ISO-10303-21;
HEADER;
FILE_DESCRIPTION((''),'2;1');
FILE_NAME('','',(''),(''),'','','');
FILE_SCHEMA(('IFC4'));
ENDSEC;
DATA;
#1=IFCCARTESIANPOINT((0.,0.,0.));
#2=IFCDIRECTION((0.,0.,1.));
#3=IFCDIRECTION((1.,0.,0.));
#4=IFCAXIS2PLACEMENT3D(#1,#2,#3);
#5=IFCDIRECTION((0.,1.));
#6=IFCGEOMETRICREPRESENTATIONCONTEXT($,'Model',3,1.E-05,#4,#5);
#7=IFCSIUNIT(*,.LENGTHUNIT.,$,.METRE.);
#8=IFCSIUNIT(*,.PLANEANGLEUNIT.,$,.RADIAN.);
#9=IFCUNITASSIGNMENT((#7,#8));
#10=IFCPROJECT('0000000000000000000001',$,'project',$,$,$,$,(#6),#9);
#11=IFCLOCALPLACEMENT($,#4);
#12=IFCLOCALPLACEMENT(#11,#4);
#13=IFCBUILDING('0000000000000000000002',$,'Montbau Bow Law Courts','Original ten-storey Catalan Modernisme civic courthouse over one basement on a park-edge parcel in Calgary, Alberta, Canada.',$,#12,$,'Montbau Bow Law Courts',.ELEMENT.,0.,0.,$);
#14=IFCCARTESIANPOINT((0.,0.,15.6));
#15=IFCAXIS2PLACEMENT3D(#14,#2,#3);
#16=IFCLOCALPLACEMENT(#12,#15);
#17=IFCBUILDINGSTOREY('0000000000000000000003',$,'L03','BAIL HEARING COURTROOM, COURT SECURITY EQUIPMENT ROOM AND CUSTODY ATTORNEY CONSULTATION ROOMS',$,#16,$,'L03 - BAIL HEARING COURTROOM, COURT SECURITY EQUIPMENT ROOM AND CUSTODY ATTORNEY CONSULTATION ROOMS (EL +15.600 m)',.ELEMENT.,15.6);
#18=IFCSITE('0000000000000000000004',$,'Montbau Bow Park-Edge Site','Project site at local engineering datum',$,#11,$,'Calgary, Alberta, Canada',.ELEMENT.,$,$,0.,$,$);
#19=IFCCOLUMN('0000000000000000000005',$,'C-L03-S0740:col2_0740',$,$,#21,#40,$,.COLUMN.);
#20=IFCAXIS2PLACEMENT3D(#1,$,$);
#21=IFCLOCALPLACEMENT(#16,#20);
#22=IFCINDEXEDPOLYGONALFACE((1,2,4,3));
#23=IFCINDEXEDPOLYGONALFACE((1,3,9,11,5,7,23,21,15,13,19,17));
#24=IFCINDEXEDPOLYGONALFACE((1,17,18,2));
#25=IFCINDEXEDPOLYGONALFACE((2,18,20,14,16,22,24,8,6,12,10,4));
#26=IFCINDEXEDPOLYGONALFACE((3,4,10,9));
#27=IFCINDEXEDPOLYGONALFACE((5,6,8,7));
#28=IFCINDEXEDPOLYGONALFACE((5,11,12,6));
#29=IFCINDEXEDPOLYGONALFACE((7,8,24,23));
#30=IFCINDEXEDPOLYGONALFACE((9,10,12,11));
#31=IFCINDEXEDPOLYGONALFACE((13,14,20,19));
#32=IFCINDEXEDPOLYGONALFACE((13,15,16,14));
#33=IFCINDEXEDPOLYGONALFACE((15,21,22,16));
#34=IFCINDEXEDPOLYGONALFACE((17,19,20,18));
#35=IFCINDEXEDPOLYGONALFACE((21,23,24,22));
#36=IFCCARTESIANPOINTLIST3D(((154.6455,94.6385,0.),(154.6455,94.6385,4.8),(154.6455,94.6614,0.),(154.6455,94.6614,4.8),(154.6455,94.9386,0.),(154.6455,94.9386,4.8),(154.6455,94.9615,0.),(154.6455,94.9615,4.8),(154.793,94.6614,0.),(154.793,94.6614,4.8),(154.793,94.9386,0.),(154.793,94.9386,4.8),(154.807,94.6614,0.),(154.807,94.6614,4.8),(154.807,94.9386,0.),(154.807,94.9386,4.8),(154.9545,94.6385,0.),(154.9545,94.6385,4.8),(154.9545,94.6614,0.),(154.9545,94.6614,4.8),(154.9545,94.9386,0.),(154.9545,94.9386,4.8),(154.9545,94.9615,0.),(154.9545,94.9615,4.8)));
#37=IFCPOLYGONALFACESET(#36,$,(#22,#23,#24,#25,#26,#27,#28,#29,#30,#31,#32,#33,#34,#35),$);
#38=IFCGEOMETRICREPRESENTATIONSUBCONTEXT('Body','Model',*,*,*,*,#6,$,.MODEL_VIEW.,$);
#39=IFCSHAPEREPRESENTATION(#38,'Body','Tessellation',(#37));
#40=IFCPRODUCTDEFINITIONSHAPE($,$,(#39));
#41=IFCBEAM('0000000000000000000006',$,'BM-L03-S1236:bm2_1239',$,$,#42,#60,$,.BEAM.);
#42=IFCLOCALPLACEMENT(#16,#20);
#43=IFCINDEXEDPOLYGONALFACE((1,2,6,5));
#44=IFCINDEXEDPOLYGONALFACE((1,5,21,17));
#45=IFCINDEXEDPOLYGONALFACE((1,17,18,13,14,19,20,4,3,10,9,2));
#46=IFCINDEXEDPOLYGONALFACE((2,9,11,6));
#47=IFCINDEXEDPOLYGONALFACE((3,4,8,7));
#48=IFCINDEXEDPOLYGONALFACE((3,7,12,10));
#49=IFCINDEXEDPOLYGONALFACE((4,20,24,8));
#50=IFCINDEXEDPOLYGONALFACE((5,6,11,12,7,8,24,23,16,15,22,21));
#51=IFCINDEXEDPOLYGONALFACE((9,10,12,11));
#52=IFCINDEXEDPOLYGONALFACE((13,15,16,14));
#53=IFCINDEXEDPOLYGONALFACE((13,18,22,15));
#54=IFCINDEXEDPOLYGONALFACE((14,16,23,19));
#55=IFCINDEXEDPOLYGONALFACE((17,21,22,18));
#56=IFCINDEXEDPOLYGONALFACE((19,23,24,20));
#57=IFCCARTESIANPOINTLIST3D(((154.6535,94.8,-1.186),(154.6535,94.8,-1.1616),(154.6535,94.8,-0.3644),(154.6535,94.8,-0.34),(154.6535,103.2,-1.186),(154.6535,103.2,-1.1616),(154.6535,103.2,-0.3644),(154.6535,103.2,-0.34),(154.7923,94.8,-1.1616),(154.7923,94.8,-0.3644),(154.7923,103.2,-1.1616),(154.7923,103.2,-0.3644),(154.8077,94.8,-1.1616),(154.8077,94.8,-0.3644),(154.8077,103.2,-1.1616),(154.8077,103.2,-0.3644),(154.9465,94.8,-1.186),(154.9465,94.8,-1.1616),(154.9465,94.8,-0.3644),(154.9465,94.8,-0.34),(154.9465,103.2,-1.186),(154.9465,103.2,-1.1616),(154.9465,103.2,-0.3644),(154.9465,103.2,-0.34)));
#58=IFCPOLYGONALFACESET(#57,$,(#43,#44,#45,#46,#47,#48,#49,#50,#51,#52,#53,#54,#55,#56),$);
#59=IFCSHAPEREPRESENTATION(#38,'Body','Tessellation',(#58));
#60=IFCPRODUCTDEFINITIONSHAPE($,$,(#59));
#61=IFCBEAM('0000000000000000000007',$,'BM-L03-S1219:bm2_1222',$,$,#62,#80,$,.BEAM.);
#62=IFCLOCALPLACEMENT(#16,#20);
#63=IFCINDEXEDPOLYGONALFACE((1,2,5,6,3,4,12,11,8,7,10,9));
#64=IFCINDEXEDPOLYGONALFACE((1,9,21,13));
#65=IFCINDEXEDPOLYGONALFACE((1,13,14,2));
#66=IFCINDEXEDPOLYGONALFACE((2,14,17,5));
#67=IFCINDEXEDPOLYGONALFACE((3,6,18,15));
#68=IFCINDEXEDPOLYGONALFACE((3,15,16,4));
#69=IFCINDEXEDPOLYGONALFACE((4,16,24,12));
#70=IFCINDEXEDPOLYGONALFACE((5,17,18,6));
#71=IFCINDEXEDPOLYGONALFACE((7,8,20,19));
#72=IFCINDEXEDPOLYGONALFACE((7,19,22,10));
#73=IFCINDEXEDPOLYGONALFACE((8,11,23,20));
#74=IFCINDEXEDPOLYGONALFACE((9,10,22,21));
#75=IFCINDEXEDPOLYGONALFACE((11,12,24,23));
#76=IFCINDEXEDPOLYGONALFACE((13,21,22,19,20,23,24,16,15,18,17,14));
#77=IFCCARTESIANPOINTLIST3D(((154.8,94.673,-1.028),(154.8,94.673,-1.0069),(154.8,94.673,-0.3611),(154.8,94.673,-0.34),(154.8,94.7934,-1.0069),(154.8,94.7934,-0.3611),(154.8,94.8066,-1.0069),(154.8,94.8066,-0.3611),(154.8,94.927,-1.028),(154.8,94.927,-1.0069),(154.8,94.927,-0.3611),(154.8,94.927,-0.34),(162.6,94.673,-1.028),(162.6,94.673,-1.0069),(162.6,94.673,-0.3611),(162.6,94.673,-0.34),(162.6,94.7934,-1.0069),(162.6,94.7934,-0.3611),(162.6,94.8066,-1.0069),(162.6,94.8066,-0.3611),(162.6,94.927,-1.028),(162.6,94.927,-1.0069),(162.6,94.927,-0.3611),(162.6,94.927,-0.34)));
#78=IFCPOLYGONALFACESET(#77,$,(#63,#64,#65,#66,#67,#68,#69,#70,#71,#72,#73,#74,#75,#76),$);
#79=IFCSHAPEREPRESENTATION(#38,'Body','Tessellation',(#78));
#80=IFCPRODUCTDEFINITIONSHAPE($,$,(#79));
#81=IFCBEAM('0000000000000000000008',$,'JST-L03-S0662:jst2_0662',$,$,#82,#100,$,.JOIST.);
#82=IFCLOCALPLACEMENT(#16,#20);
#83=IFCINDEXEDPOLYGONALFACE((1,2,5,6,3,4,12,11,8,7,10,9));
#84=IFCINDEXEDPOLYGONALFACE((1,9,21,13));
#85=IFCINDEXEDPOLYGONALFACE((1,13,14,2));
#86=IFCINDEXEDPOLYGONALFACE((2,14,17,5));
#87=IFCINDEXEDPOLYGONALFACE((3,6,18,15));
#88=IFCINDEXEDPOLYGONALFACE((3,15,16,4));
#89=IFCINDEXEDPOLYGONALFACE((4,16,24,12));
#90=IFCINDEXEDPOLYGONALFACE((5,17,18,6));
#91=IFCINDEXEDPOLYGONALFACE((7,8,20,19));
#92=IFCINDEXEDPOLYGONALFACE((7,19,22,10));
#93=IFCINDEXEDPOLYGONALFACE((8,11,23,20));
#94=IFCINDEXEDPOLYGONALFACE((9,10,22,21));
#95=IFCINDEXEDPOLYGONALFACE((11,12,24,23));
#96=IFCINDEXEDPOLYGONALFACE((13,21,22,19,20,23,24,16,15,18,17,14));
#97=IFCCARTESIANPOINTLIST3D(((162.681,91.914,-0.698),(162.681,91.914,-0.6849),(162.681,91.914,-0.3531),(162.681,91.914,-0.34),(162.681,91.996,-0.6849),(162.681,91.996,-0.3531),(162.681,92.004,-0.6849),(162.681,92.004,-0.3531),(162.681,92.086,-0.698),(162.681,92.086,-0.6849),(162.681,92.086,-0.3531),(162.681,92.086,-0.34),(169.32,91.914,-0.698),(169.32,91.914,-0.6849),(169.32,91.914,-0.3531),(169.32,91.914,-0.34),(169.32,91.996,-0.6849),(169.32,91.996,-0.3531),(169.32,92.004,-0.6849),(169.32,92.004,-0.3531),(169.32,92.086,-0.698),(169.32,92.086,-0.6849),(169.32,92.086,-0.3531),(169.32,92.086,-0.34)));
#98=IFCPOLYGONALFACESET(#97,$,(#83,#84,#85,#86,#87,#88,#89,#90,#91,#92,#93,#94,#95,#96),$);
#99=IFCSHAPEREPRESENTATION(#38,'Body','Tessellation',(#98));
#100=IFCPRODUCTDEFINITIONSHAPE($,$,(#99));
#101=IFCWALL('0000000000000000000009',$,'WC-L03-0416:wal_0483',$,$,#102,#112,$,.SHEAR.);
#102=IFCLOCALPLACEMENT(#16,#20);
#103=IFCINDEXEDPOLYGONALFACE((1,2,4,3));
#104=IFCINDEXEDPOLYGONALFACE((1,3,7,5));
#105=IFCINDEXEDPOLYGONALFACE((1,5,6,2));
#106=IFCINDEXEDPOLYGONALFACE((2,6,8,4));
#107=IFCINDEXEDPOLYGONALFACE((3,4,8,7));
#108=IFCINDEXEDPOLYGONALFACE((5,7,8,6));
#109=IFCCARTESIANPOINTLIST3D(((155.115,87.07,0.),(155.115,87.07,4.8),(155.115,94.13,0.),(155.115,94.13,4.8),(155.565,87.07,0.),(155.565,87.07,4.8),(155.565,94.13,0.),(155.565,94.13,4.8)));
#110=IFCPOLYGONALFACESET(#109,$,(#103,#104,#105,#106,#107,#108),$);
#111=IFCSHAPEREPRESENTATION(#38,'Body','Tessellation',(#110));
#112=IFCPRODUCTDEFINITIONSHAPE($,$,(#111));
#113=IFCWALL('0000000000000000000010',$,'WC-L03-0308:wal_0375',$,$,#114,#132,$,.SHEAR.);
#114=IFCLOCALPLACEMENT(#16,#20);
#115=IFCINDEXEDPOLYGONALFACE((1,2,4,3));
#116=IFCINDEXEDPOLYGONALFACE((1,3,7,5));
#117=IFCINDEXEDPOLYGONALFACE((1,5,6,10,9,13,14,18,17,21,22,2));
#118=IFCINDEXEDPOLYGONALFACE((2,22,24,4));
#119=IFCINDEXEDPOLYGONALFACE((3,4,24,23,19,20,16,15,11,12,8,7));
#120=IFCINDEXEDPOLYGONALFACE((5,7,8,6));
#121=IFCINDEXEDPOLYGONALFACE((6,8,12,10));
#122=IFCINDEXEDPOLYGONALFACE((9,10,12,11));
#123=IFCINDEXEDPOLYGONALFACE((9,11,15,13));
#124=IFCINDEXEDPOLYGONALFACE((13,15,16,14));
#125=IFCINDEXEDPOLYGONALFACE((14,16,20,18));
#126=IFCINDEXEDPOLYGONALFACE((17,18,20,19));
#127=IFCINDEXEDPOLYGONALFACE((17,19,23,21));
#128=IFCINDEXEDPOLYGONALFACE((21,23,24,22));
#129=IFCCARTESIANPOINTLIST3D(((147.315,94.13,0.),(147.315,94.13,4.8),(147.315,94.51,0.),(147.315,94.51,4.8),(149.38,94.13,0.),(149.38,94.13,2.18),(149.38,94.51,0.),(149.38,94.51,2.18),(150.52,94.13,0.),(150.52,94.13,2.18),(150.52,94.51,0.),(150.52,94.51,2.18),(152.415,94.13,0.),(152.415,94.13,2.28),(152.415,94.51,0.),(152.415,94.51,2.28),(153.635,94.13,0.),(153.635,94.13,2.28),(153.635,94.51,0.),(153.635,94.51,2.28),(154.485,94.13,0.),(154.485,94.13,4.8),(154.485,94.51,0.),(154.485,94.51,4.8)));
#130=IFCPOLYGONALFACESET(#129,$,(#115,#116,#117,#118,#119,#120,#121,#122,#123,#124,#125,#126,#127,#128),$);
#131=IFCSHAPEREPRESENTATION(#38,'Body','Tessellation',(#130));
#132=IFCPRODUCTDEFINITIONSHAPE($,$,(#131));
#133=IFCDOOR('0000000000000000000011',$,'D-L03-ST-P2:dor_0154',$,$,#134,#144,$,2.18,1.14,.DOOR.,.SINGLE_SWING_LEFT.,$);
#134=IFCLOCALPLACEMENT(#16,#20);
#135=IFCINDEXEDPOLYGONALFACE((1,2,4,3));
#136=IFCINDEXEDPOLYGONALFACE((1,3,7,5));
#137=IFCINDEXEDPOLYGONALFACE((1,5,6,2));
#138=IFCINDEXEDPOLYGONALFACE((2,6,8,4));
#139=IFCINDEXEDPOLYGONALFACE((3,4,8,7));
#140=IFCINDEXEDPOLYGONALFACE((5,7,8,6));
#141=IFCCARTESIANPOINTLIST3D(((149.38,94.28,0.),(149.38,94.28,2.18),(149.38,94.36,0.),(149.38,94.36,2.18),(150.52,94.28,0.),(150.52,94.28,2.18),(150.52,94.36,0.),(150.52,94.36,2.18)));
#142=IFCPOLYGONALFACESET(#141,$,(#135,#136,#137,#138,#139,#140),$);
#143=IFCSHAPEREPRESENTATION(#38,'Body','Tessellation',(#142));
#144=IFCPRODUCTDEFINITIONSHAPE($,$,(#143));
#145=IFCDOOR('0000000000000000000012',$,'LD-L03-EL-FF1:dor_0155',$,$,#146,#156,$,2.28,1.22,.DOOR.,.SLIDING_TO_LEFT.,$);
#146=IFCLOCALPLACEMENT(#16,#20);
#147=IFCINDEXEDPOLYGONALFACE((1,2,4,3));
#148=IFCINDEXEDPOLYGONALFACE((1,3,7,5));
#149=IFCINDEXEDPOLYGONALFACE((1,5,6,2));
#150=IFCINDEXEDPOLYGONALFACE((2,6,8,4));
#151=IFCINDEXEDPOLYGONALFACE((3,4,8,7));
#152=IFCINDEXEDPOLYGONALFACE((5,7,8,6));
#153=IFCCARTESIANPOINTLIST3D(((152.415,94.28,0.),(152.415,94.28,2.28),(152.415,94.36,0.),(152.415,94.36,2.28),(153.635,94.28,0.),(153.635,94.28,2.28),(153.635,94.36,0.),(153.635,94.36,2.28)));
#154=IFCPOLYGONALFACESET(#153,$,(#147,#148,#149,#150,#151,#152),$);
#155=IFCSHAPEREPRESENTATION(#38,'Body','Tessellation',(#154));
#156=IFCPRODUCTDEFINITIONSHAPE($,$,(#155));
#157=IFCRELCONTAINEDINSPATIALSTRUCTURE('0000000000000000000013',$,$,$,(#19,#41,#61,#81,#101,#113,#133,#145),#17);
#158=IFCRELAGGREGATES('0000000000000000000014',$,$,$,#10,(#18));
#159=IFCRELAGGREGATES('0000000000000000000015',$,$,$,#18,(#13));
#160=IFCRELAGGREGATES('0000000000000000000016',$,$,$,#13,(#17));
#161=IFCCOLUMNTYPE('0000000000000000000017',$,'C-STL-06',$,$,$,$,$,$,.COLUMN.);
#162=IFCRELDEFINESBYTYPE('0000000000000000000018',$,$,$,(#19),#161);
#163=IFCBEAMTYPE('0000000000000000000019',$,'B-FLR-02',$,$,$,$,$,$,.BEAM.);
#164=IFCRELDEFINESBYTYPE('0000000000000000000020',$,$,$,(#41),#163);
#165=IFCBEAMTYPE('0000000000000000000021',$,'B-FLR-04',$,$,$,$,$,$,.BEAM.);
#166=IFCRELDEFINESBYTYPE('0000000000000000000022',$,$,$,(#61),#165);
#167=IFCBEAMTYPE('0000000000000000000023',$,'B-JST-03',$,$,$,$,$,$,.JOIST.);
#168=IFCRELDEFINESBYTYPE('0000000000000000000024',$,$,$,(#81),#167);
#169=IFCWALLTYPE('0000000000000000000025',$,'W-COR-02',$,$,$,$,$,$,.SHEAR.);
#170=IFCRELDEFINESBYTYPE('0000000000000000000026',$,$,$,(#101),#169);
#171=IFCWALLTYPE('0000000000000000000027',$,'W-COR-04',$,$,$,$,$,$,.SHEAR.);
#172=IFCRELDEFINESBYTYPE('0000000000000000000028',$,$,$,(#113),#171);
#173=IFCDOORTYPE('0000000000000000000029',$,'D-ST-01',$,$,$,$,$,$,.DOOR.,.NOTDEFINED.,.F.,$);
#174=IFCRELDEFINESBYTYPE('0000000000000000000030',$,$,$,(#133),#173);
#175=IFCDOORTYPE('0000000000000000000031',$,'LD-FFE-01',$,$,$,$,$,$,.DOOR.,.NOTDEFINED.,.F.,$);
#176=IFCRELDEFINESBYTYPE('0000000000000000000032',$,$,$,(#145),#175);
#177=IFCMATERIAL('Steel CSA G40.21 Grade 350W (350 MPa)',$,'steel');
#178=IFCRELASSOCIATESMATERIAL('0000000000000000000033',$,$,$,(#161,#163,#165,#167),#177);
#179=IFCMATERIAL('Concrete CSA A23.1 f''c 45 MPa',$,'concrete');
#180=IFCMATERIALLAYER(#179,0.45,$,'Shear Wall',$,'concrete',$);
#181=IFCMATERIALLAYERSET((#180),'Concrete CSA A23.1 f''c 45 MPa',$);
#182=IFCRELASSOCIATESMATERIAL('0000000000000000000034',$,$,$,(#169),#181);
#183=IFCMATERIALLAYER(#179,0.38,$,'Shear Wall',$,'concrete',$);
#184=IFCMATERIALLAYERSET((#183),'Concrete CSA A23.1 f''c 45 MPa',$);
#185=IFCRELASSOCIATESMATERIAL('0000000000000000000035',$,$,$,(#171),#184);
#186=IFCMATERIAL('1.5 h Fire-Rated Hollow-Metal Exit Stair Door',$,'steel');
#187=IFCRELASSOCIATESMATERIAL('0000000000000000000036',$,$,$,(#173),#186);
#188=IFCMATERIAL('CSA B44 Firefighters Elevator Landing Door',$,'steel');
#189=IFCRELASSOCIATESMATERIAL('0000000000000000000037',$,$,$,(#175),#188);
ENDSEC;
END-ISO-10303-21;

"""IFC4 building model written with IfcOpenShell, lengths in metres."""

from ifc_helpers import new_model, si_unit, direction, frame, frame_2d, origin_with_axes, origin_2d_with_axis, place, context, subcontext, project, spatial, rectangle, i_section, extrude, material, layer, layer_set, material_profile, profile_set, type_object, element, fill, save


model = new_model("IFC4")

# Units and contexts
model_context = context("Model", 3, precision=1e-05, world=origin_with_axes(), true_north=direction((0.0, 1.0)))
body_context = subcontext(model_context, "Body", "Model", "MODEL_VIEW")
ifc_project = project(units=[si_unit("LENGTHUNIT", "METRE"), si_unit("PLANEANGLEUNIT", "RADIAN")], contexts=[model_context])

# Site, building, storey
site_placement = place(None, origin_with_axes())
site = spatial("IfcSite", under=ifc_project, at=site_placement, Name="Montbau Bow Park-Edge Site", Description="Project site at local engineering datum", LongName="Calgary, Alberta, Canada", CompositionType="ELEMENT", RefElevation=0.0)
building_placement = place(site_placement, origin_with_axes())
building = spatial("IfcBuilding", under=site, at=building_placement, Name="Montbau Bow Law Courts", Description="Original ten-storey Catalan Modernisme civic courthouse over one basement on a park-edge parcel in Calgary, Alberta, Canada.", LongName="Montbau Bow Law Courts", CompositionType="ELEMENT", ElevationOfRefHeight=0.0, ElevationOfTerrain=0.0)
storey_placement = place(building_placement, frame((0.0, 0.0, 15.6), z_axis=(0.0, 0.0, 1.0), x_axis=(1.0, 0.0, 0.0)))
storey = spatial("IfcBuildingStorey", under=building, at=storey_placement, Name="L03", Description="BAIL HEARING COURTROOM, COURT SECURITY EQUIPMENT ROOM AND CUSTODY ATTORNEY CONSULTATION ROOMS", LongName="L03 - BAIL HEARING COURTROOM, COURT SECURITY EQUIPMENT ROOM AND CUSTODY ATTORNEY CONSULTATION ROOMS (EL +15.600 m)", CompositionType="ELEMENT", Elevation=15.6)

# Column
ifc_material_1 = material(Name="Steel CSA G40.21 Grade 350W (350 MPa)", Category="steel")
ifc_material_profile_1 = material_profile(ifc_material_1, i_section(OverallWidth=0.309, OverallDepth=0.323, WebThickness=0.014, FlangeThickness=0.0229, at=origin_2d_with_axis()), Name="W310X143", Category="Main", Priority=0)
ifc_profile_set_1 = profile_set([ifc_material_profile_1], Name="Steel CSA G40.21 Grade 350W (350 MPa)")
column_type = type_object("IfcColumnType", Name="C-STL-06", PredefinedType="COLUMN", material=ifc_profile_set_1)
column_placement = place(None, frame((154.8, 94.8, 15.6), z_axis=(0.0, 0.0, 1.0), x_axis=(1.0, 0.0, 0.0)))
element("IfcColumn", 1, at=column_placement, inside=storey, type_object=column_type, Name="C-L03-S0740:col2_0740", PredefinedType="COLUMN", context=body_context, shape_type="SweptSolid", body=[
    extrude(i_section(OverallWidth=0.309, OverallDepth=0.323, WebThickness=0.014, FlangeThickness=0.0229, at=origin_2d_with_axis()), origin_with_axes(), (0.0, 0.0, 1.0), 4.8),
])

# Beams
ifc_material_profile_2 = material_profile(ifc_material_1, i_section(OverallWidth=0.293, OverallDepth=0.846, WebThickness=0.0154, FlangeThickness=0.0244, at=origin_2d_with_axis()), Name="W840X210", Category="Main", Priority=0)
ifc_profile_set_2 = profile_set([ifc_material_profile_2], Name="Steel CSA G40.21 Grade 350W (350 MPa)")
beam_type_1 = type_object("IfcBeamType", Name="B-FLR-02", PredefinedType="BEAM", material=ifc_profile_set_2)
beam_1_placement = place(None, frame((154.8, 94.8, 14.837), z_axis=(0.0, 1.0, 0.0), x_axis=(-1.0, 0.0, 0.0)))
element("IfcBeam", 2, at=beam_1_placement, inside=storey, type_object=beam_type_1, Name="BM-L03-S1236:bm2_1239", PredefinedType="BEAM", context=body_context, shape_type="SweptSolid", body=[
    extrude(i_section(OverallWidth=0.293, OverallDepth=0.846, WebThickness=0.0154, FlangeThickness=0.0244, at=origin_2d_with_axis()), origin_with_axes(), (0.0, 0.0, 1.0), 8.4),
])
ifc_material_profile_3 = material_profile(ifc_material_1, i_section(OverallWidth=0.254, OverallDepth=0.688, WebThickness=0.0131, FlangeThickness=0.0211, at=origin_2d_with_axis()), Name="W690X152", Category="Main", Priority=0)
ifc_profile_set_3 = profile_set([ifc_material_profile_3], Name="Steel CSA G40.21 Grade 350W (350 MPa)")
beam_type_2 = type_object("IfcBeamType", Name="B-FLR-04", PredefinedType="BEAM", material=ifc_profile_set_3)
beam_2_placement = place(None, frame((154.8, 94.8, 14.916), z_axis=(1.0, 0.0, 0.0), x_axis=(0.0, 1.0, 0.0)))
element("IfcBeam", 3, at=beam_2_placement, inside=storey, type_object=beam_type_2, Name="BM-L03-S1219:bm2_1222", PredefinedType="BEAM", context=body_context, shape_type="SweptSolid", body=[
    extrude(i_section(OverallWidth=0.254, OverallDepth=0.688, WebThickness=0.0131, FlangeThickness=0.0211, at=origin_2d_with_axis()), origin_with_axes(), (0.0, 0.0, 1.0), 7.8),
])
ifc_material_profile_4 = material_profile(ifc_material_1, i_section(OverallWidth=0.172, OverallDepth=0.358, WebThickness=0.0079, FlangeThickness=0.0131, at=origin_2d_with_axis()), Name="W360X57", Category="Main", Priority=0)
ifc_profile_set_4 = profile_set([ifc_material_profile_4], Name="Steel CSA G40.21 Grade 350W (350 MPa)")
beam_type_3 = type_object("IfcBeamType", Name="B-JST-03", PredefinedType="JOIST", material=ifc_profile_set_4)
beam_3_placement = place(None, frame((162.681, 92.0, 15.081), z_axis=(1.0, 0.0, 0.0), x_axis=(0.0, 1.0, 0.0)))
element("IfcBeam", 4, at=beam_3_placement, inside=storey, type_object=beam_type_3, Name="JST-L03-S0662:jst2_0662", PredefinedType="JOIST", context=body_context, shape_type="SweptSolid", body=[
    extrude(i_section(OverallWidth=0.172, OverallDepth=0.358, WebThickness=0.0079, FlangeThickness=0.0131, at=origin_2d_with_axis()), origin_with_axes(), (0.0, 0.0, 1.0), 6.639),
])

# Wall
ifc_material_2 = material(Name="Concrete CSA A23.1 f'c 45 MPa", Category="concrete")
ifc_layer_1 = layer(ifc_material_2, 0.45, Name="Shear Wall", Category="concrete")
ifc_layer_set_1 = layer_set([ifc_layer_1], Name="Concrete CSA A23.1 f'c 45 MPa")
wall_type_1 = type_object("IfcWallType", Name="W-COR-02", PredefinedType="SHEAR", material=ifc_layer_set_1)
wall_1_placement = place(None, frame((155.34, 94.13, 15.6), z_axis=(0.0, 0.0, 1.0), x_axis=(0.0, -1.0, 0.0)))
element("IfcWall", 5, at=wall_1_placement, inside=storey, type_object=wall_type_1, Name="WC-L03-0416:wal_0483", PredefinedType="SHEAR", context=body_context, shape_type="SweptSolid", body=[
    extrude(rectangle(XDim=7.06, YDim=0.45, at=frame_2d((3.53, 0.0), x_axis=(1.0, 0.0))), origin_with_axes(), (0.0, 0.0, 1.0), 4.8),
])

# Wall, openings, doors
ifc_layer_2 = layer(ifc_material_2, 0.38, Name="Shear Wall", Category="concrete")
ifc_layer_set_2 = layer_set([ifc_layer_2], Name="Concrete CSA A23.1 f'c 45 MPa")
wall_type_2 = type_object("IfcWallType", Name="W-COR-04", PredefinedType="SHEAR", material=ifc_layer_set_2)
wall_2_placement = place(None, frame((154.485, 94.32, 15.6), z_axis=(0.0, 0.0, 1.0), x_axis=(-1.0, 0.0, 0.0)))
wall_2 = element("IfcWall", 6, at=wall_2_placement, inside=storey, type_object=wall_type_2, Name="WC-L03-0308:wal_0375", PredefinedType="SHEAR", context=body_context, shape_type="SweptSolid", body=[
    extrude(rectangle(XDim=7.17, YDim=0.38, at=frame_2d((3.585, 0.0), x_axis=(1.0, 0.0))), origin_with_axes(), (0.0, 0.0, 1.0), 4.8),
])
opening_1_placement = place(None, frame((149.95, 94.32, 15.6), z_axis=(0.0, 0.0, 1.0), x_axis=(-1.0, 0.0, 0.0)))
opening_1 = element("IfcOpeningElement", 7, at=opening_1_placement, cuts=wall_2, PredefinedType="OPENING", context=body_context, shape_type="SweptSolid", body=[
    extrude(rectangle(XDim=1.14, YDim=2.18, at=frame_2d((0.0, 1.09), x_axis=(1.0, 0.0))), frame((0.0, 0.2, 0.0), z_axis=(0.0, -1.0, 0.0), x_axis=(1.0, 0.0, 0.0)), (0.0, 0.0, 1.0), 0.4),
])
opening_2_placement = place(None, frame((153.025, 94.32, 15.6), z_axis=(0.0, 0.0, 1.0), x_axis=(-1.0, 0.0, 0.0)))
opening_2 = element("IfcOpeningElement", 8, at=opening_2_placement, cuts=wall_2, PredefinedType="OPENING", context=body_context, shape_type="SweptSolid", body=[
    extrude(rectangle(XDim=1.22, YDim=2.28, at=frame_2d((0.0, 1.14), x_axis=(1.0, 0.0))), frame((0.0, 0.2, 0.0), z_axis=(0.0, -1.0, 0.0), x_axis=(1.0, 0.0, 0.0)), (0.0, 0.0, 1.0), 0.4),
])
ifc_material_3 = material(Name="1.5 h Fire-Rated Hollow-Metal Exit Stair Door", Category="steel")
door_type_1 = type_object("IfcDoorType", Name="D-ST-01", OperationType="NOTDEFINED", ParameterTakesPrecedence=False, PredefinedType="DOOR", material=ifc_material_3)
door_1_placement = place(None, frame((149.95, 94.32, 15.6), z_axis=(0.0, 0.0, 1.0), x_axis=(1.0, 0.0, 0.0)))
door_1 = element("IfcDoor", 9, at=door_1_placement, inside=storey, type_object=door_type_1, Name="D-L03-ST-P2:dor_0154", OperationType="SINGLE_SWING_LEFT", OverallHeight=2.18, OverallWidth=1.14, PredefinedType="DOOR", context=body_context, shape_type="SweptSolid", body=[
    extrude(rectangle(XDim=1.14, YDim=2.18, at=frame_2d((0.0, 1.09), x_axis=(1.0, 0.0))), frame((0.0, 0.04, 0.0), z_axis=(0.0, -1.0, 0.0), x_axis=(1.0, 0.0, 0.0)), (0.0, 0.0, 1.0), 0.08),
])
fill(opening_1, door_1)
ifc_material_4 = material(Name="CSA B44 Firefighters Elevator Landing Door", Category="steel")
door_type_2 = type_object("IfcDoorType", Name="LD-FFE-01", OperationType="NOTDEFINED", ParameterTakesPrecedence=False, PredefinedType="DOOR", material=ifc_material_4)
door_2_placement = place(None, frame((153.025, 94.32, 15.6), z_axis=(0.0, 0.0, 1.0), x_axis=(1.0, 0.0, 0.0)))
door_2 = element("IfcDoor", 10, at=door_2_placement, inside=storey, type_object=door_type_2, Name="LD-L03-EL-FF1:dor_0155", OperationType="SLIDING_TO_LEFT", OverallHeight=2.28, OverallWidth=1.22, PredefinedType="DOOR", context=body_context, shape_type="SweptSolid", body=[
    extrude(rectangle(XDim=1.22, YDim=2.28, at=frame_2d((0.0, 1.14), x_axis=(1.0, 0.0))), frame((0.0, 0.04, 0.0), z_axis=(0.0, -1.0, 0.0), x_axis=(1.0, 0.0, 0.0)), (0.0, 0.0, 1.0), 0.08),
])
fill(opening_2, door_2)

save(model, "model.ifc")
